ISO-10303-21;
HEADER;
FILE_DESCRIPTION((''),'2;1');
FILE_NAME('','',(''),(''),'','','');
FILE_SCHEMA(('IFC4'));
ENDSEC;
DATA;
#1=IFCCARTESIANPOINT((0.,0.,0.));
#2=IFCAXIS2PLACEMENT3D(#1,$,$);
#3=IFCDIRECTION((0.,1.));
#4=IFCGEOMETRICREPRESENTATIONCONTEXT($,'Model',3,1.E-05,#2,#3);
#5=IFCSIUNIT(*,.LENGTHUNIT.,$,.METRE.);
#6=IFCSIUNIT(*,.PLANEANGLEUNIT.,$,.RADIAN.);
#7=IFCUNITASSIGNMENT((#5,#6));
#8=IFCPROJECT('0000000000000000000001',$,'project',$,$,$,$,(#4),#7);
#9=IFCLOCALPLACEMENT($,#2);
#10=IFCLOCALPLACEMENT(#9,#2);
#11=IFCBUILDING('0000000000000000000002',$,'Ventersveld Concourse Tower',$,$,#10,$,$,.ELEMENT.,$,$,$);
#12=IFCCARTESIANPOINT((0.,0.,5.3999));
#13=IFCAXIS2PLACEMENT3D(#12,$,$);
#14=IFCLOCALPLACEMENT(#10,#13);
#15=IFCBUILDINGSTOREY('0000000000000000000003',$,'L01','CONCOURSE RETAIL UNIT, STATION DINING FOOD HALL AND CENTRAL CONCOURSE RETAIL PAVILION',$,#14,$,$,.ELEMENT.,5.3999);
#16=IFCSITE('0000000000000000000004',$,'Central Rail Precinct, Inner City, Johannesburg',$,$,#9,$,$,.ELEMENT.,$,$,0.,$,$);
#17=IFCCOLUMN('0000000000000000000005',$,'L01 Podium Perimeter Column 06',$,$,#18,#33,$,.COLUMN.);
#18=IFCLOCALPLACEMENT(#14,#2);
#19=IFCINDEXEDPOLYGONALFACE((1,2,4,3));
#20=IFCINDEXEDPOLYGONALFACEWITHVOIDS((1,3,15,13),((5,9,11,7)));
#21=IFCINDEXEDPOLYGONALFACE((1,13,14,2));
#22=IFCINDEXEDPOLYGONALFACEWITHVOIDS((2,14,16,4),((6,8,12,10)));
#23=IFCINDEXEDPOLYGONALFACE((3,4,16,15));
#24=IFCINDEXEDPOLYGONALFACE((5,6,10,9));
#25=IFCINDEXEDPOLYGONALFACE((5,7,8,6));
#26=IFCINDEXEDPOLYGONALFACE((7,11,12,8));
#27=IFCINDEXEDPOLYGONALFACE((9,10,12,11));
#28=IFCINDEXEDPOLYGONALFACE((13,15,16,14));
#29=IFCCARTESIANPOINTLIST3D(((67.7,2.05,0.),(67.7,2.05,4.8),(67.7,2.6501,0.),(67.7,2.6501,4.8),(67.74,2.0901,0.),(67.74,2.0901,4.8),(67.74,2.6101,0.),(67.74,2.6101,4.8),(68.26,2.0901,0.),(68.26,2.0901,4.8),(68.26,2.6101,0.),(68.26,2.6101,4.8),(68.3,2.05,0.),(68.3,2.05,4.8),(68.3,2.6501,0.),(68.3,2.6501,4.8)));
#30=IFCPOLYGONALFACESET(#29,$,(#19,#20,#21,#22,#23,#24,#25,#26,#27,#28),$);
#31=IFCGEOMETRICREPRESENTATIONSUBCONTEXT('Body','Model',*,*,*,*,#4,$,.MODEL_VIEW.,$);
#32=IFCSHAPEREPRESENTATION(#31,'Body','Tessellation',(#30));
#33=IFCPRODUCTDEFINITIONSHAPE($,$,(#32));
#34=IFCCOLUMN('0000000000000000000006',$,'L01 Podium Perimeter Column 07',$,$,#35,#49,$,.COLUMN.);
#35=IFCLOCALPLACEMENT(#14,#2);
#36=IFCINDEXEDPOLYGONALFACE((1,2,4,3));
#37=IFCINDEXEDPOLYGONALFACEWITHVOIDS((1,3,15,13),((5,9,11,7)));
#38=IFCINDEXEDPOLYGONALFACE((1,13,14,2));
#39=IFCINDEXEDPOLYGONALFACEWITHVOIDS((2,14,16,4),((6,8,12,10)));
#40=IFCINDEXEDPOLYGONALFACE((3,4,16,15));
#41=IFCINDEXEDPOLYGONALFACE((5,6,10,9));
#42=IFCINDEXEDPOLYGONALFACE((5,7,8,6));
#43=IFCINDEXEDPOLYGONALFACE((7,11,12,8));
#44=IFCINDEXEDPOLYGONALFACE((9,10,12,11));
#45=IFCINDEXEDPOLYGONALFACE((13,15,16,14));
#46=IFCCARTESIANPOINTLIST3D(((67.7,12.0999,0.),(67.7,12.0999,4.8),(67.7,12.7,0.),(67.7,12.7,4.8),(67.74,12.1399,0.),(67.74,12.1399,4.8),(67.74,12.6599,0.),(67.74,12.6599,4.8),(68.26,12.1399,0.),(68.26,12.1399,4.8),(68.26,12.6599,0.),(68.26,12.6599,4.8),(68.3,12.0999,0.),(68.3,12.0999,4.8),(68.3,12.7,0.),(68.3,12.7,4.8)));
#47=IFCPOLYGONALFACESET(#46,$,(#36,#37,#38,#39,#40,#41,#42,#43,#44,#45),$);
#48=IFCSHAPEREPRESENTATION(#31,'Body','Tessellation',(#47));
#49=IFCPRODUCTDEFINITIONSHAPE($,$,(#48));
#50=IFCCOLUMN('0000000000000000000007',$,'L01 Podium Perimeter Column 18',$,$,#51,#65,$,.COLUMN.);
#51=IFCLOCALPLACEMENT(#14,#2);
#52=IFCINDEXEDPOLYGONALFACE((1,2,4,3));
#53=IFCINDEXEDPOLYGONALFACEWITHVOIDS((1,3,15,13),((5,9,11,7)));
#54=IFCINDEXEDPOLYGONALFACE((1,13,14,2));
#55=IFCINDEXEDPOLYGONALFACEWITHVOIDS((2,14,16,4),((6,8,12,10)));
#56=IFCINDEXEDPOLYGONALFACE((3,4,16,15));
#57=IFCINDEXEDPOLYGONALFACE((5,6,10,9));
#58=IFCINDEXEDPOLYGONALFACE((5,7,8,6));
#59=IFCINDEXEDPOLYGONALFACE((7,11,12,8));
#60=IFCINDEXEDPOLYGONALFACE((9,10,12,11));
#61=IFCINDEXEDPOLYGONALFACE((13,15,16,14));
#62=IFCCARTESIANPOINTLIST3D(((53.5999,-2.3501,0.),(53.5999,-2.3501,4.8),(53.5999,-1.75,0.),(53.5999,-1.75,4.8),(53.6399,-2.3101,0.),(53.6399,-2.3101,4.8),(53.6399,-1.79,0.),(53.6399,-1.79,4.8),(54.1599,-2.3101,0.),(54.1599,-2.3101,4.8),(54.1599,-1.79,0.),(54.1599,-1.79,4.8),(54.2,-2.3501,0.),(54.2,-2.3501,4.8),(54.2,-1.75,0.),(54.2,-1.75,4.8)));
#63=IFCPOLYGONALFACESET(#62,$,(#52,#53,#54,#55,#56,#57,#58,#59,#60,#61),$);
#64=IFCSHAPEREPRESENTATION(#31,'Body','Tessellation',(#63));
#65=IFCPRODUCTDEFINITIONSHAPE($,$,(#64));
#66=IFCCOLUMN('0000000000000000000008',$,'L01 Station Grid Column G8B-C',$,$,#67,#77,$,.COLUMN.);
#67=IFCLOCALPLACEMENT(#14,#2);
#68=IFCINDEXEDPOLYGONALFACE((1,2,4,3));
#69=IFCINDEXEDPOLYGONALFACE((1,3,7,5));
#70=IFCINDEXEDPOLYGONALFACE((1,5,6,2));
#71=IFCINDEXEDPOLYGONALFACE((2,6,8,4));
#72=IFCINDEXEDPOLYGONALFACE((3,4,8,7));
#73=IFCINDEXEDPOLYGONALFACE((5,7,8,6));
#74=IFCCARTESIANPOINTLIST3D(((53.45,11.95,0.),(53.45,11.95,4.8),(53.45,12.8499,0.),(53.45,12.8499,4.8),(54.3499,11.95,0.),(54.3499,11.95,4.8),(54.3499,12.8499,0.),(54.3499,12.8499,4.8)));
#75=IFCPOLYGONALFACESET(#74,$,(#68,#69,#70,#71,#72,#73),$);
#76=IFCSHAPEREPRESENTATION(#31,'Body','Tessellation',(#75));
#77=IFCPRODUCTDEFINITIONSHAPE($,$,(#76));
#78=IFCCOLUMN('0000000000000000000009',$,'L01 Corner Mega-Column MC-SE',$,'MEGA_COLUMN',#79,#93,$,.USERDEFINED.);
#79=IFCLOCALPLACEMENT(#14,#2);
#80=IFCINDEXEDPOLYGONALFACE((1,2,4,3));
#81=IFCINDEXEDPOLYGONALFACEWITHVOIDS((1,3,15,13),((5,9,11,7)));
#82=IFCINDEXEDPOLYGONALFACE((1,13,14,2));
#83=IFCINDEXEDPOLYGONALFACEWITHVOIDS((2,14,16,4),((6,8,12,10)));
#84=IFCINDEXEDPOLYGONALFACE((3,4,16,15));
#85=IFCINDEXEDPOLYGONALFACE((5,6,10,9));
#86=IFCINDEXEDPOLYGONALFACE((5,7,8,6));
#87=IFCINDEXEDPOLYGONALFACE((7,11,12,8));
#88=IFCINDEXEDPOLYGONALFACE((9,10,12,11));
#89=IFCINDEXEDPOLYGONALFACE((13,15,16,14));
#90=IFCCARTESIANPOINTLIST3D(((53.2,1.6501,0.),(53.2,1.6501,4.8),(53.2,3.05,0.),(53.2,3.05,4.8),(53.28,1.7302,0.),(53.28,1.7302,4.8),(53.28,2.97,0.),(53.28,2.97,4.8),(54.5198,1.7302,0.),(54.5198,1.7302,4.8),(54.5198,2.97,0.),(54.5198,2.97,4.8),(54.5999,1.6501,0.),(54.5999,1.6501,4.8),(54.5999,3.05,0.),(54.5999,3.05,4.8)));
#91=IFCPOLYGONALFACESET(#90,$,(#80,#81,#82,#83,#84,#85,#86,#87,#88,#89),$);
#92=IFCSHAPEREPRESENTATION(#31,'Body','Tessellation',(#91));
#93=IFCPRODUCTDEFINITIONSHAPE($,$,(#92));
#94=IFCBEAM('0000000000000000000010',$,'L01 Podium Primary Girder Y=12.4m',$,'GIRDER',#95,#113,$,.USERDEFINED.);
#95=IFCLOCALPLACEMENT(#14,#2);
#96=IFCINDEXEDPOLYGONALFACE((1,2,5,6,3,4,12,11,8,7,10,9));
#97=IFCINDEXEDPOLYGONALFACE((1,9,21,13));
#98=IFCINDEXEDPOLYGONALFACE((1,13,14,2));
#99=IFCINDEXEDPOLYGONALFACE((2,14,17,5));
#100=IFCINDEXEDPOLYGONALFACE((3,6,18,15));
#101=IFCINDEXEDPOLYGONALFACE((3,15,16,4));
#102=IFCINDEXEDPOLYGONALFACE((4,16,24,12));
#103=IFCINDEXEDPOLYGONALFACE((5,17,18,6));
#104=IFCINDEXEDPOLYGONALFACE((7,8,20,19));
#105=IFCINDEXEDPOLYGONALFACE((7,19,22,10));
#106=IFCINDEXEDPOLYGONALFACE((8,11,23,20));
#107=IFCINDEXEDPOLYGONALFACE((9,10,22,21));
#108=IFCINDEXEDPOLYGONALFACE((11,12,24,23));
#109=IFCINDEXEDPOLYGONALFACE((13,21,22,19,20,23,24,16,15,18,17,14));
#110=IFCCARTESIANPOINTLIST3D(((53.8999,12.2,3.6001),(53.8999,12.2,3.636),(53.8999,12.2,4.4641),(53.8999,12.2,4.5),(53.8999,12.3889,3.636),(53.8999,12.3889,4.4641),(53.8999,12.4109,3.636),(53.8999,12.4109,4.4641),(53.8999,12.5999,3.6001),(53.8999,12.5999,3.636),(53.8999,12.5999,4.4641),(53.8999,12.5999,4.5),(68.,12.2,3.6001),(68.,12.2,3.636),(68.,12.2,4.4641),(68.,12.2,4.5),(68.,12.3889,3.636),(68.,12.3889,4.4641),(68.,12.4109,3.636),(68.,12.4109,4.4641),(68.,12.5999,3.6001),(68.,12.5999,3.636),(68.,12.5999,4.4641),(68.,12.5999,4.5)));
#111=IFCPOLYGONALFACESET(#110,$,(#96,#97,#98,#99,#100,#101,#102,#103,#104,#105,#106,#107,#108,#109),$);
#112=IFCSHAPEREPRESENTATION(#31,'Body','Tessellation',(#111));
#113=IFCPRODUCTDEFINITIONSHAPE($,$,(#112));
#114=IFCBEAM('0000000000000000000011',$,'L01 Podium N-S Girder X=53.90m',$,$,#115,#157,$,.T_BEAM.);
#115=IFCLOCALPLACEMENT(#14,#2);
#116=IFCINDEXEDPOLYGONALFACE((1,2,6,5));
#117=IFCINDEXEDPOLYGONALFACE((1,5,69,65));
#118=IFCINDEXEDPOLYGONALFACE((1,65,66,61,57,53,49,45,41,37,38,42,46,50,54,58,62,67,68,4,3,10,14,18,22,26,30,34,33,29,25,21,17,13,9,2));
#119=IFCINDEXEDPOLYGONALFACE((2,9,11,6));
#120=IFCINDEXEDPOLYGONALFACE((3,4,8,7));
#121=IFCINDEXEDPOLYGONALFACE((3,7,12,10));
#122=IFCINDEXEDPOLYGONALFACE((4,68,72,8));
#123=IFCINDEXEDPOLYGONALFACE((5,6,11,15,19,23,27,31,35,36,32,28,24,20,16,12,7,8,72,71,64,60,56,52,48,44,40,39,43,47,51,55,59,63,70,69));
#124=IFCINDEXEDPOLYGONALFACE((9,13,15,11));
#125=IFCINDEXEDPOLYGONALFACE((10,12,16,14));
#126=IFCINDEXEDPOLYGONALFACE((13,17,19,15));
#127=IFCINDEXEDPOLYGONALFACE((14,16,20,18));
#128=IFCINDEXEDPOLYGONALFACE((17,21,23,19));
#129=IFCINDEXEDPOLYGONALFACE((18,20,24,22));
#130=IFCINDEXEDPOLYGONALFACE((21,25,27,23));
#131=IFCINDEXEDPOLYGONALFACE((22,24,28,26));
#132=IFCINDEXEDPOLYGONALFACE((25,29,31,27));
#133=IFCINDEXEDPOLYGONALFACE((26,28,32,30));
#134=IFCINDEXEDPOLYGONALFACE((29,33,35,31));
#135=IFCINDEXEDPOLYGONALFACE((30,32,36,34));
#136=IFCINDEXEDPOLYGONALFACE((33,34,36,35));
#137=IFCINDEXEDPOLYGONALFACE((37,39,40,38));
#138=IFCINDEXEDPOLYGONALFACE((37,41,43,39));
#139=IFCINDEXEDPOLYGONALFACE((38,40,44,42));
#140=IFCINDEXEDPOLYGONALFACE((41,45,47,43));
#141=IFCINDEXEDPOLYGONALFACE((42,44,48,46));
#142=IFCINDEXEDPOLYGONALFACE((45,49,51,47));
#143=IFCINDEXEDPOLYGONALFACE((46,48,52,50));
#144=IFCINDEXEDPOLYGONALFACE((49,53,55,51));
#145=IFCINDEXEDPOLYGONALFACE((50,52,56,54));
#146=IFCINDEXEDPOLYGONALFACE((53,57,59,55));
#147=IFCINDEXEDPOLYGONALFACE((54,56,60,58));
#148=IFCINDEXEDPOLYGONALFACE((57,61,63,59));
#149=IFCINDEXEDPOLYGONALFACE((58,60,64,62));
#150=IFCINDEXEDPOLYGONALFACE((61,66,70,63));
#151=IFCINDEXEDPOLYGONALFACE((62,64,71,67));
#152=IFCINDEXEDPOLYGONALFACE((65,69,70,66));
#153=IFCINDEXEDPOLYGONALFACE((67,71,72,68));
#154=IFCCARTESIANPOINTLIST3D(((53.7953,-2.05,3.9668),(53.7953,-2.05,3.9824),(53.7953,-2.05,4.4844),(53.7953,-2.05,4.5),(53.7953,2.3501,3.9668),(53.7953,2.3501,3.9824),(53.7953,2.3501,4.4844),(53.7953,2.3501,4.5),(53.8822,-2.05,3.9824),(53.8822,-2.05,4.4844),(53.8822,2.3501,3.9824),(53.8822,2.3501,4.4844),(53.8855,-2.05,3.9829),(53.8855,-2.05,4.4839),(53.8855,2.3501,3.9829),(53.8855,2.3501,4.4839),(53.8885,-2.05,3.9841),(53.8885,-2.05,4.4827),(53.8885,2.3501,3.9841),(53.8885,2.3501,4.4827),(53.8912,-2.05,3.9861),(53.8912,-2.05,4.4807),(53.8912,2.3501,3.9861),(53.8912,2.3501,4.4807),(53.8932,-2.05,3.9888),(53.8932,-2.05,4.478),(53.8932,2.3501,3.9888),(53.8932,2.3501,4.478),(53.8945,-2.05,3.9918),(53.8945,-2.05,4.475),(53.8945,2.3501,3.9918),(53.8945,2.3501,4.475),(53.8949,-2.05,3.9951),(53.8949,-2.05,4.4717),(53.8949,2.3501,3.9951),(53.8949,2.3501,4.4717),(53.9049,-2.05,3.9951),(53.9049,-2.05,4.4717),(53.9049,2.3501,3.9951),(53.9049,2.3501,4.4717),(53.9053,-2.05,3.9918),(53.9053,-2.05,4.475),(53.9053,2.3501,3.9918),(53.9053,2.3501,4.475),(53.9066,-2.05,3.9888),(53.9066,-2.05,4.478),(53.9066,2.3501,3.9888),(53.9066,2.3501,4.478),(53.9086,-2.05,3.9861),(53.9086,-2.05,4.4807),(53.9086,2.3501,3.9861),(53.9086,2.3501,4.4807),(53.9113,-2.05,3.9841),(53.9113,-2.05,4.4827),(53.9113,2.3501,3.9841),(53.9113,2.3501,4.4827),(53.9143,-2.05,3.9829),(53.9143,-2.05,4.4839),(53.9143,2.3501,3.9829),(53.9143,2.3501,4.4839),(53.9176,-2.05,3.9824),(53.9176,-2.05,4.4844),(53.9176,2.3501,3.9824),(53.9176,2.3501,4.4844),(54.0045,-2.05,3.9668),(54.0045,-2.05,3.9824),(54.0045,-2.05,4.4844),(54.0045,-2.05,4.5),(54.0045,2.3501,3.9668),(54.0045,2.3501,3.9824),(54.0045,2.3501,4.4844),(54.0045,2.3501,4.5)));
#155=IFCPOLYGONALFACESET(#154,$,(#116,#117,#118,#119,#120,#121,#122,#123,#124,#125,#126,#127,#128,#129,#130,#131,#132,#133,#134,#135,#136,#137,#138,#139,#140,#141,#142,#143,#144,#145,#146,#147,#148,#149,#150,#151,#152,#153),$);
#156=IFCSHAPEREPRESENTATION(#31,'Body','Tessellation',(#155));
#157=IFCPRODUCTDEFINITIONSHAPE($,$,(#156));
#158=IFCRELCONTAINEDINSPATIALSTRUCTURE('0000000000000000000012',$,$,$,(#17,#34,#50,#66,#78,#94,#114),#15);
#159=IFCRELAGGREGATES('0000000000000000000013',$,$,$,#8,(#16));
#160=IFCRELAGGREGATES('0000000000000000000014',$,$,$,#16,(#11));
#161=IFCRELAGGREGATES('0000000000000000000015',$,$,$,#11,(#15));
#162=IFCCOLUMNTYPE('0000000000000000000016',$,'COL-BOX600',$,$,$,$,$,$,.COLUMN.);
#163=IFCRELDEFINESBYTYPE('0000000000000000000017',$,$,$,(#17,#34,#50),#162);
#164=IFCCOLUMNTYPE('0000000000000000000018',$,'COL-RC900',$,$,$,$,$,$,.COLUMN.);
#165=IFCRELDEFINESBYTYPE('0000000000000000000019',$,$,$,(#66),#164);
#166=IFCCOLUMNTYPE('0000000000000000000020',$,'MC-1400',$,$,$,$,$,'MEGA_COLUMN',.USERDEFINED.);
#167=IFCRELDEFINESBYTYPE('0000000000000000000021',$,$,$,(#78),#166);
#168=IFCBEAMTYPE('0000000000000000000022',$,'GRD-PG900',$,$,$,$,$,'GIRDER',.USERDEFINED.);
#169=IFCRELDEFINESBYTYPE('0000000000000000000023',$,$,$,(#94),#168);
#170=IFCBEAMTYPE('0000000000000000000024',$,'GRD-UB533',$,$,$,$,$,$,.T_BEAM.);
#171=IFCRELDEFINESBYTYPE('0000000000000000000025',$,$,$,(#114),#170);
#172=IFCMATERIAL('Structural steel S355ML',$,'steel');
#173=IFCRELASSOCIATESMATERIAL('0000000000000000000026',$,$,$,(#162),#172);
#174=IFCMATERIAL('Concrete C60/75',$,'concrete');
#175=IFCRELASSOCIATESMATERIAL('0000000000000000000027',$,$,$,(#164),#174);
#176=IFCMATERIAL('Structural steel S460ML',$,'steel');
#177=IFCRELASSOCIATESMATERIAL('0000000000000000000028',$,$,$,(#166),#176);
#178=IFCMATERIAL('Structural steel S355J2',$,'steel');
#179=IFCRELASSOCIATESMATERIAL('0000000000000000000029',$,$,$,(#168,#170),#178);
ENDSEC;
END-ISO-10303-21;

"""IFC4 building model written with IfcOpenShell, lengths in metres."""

from ifc_helpers import new_model, si_unit, direction, frame, origin, origin_2d, place, context, subcontext, project, spatial, rectangle, hollow_rectangle, i_section, extrude, material, material_profile, profile_set, type_object, element, save


model = new_model("IFC4")

# Units and contexts
model_context = context("Model", 3, precision=1e-05, world=origin(), true_north=direction((0.0, 1.0)))
body_context = subcontext(model_context, "Body", "Model", "MODEL_VIEW")
ifc_project = project(units=[si_unit("LENGTHUNIT", "METRE"), si_unit("PLANEANGLEUNIT", "RADIAN")], contexts=[model_context])

# Site, building, storey
site_placement = place(None, origin())
site = spatial("IfcSite", under=ifc_project, at=site_placement, Name="Central Rail Precinct, Inner City, Johannesburg", CompositionType="ELEMENT", RefElevation=0.0)
building_placement = place(site_placement, origin())
building = spatial("IfcBuilding", under=site, at=building_placement, Name="Ventersveld Concourse Tower", CompositionType="ELEMENT")
storey_placement = place(building_placement, frame((0.0, 0.0, 5.3999)))
storey = spatial("IfcBuildingStorey", under=building, at=storey_placement, Name="L01", Description="CONCOURSE RETAIL UNIT, STATION DINING FOOD HALL AND CENTRAL CONCOURSE RETAIL PAVILION", CompositionType="ELEMENT", Elevation=5.3999)

# Columns
ifc_material_1 = material(Name="Structural steel S355ML", Category="steel")
ifc_material_profile_1 = material_profile(ifc_material_1, hollow_rectangle(XDim=0.6001, YDim=0.6001, WallThickness=0.04, at=origin_2d()), Name="BOX 600x600x40")
ifc_profile_set_1 = profile_set([ifc_material_profile_1], Name="Structural steel S355ML")
column_type_1 = type_object("IfcColumnType", Name="COL-BOX600", PredefinedType="COLUMN", material=ifc_profile_set_1)
for number, where, z_axis, x_axis, name in (
    (1, (68.0, 2.3501, 0.0), (0.0, 0.0, 1.0), (1.0, 0.0, 0.0), "L01 Podium Perimeter Column 06"),
    (2, (68.0, 12.3999, 0.0), (0.0, 0.0, 1.0), (1.0, 0.0, 0.0), "L01 Podium Perimeter Column 07"),
    (3, (53.8999, -2.05, 0.0), (0.0, 0.0, 1.0), (1.0, 0.0, 0.0), "L01 Podium Perimeter Column 18"),
):
    element("IfcColumn", number, at=place(storey_placement, frame(where, z_axis=z_axis, x_axis=x_axis)), inside=storey, type_object=column_type_1, Name=name, PredefinedType="COLUMN", context=body_context, shape_type="SweptSolid", body=[
        extrude(hollow_rectangle(XDim=0.6001, YDim=0.6001, WallThickness=0.04, at=origin_2d()), origin(), (0.0, 0.0, 1.0), 4.8),
    ])
ifc_material_2 = material(Name="Concrete C60/75", Category="concrete")
ifc_material_profile_2 = material_profile(ifc_material_2, rectangle(XDim=0.8999, YDim=0.8999, at=origin_2d()), Name="RC 900x900")
ifc_profile_set_2 = profile_set([ifc_material_profile_2], Name="Concrete C60/75")
column_type_2 = type_object("IfcColumnType", Name="COL-RC900", PredefinedType="COLUMN", material=ifc_profile_set_2)
column_1_placement = place(storey_placement, frame((53.8999, 12.3999, 0.0), z_axis=(0.0, 0.0, 1.0), x_axis=(1.0, 0.0, 0.0)))
element("IfcColumn", 4, at=column_1_placement, inside=storey, type_object=column_type_2, Name="L01 Station Grid Column G8B-C", PredefinedType="COLUMN", context=body_context, shape_type="SweptSolid", body=[
    extrude(rectangle(XDim=0.8999, YDim=0.8999, at=origin_2d()), origin(), (0.0, 0.0, 1.0), 4.8),
])
ifc_material_3 = material(Name="Structural steel S460ML", Category="steel")
ifc_material_profile_3 = material_profile(ifc_material_3, hollow_rectangle(XDim=1.3999, YDim=1.3999, WallThickness=0.0801, at=origin_2d()), Name="BOX 1400x1400x80")
ifc_profile_set_3 = profile_set([ifc_material_profile_3], Name="Structural steel S460ML")
column_type_3 = type_object("IfcColumnType", Name="MC-1400", ElementType="MEGA_COLUMN", PredefinedType="USERDEFINED", material=ifc_profile_set_3)
column_2_placement = place(storey_placement, frame((53.8999, 2.3501, 0.0), z_axis=(0.0, 0.0, 1.0), x_axis=(1.0, 0.0, 0.0)))
element("IfcColumn", 5, at=column_2_placement, inside=storey, type_object=column_type_3, Name="L01 Corner Mega-Column MC-SE", ObjectType="MEGA_COLUMN", PredefinedType="USERDEFINED", context=body_context, shape_type="SweptSolid", body=[
    extrude(hollow_rectangle(XDim=1.3999, YDim=1.3999, WallThickness=0.0801, at=origin_2d()), origin(), (0.0, 0.0, 1.0), 4.8),
])

# Beams
ifc_material_4 = material(Name="Structural steel S355J2", Category="steel")
ifc_material_profile_4 = material_profile(ifc_material_4, i_section(OverallWidth=0.3999, OverallDepth=0.8999, WebThickness=0.022, FlangeThickness=0.0359, at=origin_2d()), Name="PG 900x400x36")
ifc_profile_set_4 = profile_set([ifc_material_profile_4], Name="Structural steel S355J2")
beam_type_1 = type_object("IfcBeamType", Name="GRD-PG900", ElementType="GIRDER", PredefinedType="USERDEFINED", material=ifc_profile_set_4)
beam_1_placement = place(storey_placement, frame((53.8999, 12.3999, 4.05), z_axis=(1.0, 0.0, 0.0), x_axis=(0.0, 1.0, 0.0)))
element("IfcBeam", 6, at=beam_1_placement, inside=storey, type_object=beam_type_1, Name="L01 Podium Primary Girder Y=12.4m", ObjectType="GIRDER", PredefinedType="USERDEFINED", context=body_context, shape_type="SweptSolid", body=[
    extrude(i_section(OverallWidth=0.3999, OverallDepth=0.8999, WebThickness=0.022, FlangeThickness=0.0359, at=origin_2d()), origin(), (0.0, 0.0, 1.0), 14.1001),
])
ifc_material_profile_5 = material_profile(ifc_material_4, i_section(OverallWidth=0.2092, OverallDepth=0.5332, WebThickness=0.01, FlangeThickness=0.0156, FilletRadius=0.0127, at=origin_2d()), Name="UB 533x210x92")
ifc_profile_set_5 = profile_set([ifc_material_profile_5], Name="Structural steel S355J2")
beam_type_2 = type_object("IfcBeamType", Name="GRD-UB533", PredefinedType="T_BEAM", material=ifc_profile_set_5)
beam_2_placement = place(storey_placement, frame((53.8999, -2.05, 4.2334), z_axis=(0.0, 1.0, 0.0), x_axis=(-1.0, 0.0, 0.0)))
element("IfcBeam", 7, at=beam_2_placement, inside=storey, type_object=beam_type_2, Name="L01 Podium N-S Girder X=53.90m", PredefinedType="T_BEAM", context=body_context, shape_type="SweptSolid", body=[
    extrude(i_section(OverallWidth=0.2092, OverallDepth=0.5332, WebThickness=0.01, FlangeThickness=0.0156, FilletRadius=0.0127, at=origin_2d()), origin(), (0.0, 0.0, 1.0), 4.4001),
])

save(model, "model.ifc")
